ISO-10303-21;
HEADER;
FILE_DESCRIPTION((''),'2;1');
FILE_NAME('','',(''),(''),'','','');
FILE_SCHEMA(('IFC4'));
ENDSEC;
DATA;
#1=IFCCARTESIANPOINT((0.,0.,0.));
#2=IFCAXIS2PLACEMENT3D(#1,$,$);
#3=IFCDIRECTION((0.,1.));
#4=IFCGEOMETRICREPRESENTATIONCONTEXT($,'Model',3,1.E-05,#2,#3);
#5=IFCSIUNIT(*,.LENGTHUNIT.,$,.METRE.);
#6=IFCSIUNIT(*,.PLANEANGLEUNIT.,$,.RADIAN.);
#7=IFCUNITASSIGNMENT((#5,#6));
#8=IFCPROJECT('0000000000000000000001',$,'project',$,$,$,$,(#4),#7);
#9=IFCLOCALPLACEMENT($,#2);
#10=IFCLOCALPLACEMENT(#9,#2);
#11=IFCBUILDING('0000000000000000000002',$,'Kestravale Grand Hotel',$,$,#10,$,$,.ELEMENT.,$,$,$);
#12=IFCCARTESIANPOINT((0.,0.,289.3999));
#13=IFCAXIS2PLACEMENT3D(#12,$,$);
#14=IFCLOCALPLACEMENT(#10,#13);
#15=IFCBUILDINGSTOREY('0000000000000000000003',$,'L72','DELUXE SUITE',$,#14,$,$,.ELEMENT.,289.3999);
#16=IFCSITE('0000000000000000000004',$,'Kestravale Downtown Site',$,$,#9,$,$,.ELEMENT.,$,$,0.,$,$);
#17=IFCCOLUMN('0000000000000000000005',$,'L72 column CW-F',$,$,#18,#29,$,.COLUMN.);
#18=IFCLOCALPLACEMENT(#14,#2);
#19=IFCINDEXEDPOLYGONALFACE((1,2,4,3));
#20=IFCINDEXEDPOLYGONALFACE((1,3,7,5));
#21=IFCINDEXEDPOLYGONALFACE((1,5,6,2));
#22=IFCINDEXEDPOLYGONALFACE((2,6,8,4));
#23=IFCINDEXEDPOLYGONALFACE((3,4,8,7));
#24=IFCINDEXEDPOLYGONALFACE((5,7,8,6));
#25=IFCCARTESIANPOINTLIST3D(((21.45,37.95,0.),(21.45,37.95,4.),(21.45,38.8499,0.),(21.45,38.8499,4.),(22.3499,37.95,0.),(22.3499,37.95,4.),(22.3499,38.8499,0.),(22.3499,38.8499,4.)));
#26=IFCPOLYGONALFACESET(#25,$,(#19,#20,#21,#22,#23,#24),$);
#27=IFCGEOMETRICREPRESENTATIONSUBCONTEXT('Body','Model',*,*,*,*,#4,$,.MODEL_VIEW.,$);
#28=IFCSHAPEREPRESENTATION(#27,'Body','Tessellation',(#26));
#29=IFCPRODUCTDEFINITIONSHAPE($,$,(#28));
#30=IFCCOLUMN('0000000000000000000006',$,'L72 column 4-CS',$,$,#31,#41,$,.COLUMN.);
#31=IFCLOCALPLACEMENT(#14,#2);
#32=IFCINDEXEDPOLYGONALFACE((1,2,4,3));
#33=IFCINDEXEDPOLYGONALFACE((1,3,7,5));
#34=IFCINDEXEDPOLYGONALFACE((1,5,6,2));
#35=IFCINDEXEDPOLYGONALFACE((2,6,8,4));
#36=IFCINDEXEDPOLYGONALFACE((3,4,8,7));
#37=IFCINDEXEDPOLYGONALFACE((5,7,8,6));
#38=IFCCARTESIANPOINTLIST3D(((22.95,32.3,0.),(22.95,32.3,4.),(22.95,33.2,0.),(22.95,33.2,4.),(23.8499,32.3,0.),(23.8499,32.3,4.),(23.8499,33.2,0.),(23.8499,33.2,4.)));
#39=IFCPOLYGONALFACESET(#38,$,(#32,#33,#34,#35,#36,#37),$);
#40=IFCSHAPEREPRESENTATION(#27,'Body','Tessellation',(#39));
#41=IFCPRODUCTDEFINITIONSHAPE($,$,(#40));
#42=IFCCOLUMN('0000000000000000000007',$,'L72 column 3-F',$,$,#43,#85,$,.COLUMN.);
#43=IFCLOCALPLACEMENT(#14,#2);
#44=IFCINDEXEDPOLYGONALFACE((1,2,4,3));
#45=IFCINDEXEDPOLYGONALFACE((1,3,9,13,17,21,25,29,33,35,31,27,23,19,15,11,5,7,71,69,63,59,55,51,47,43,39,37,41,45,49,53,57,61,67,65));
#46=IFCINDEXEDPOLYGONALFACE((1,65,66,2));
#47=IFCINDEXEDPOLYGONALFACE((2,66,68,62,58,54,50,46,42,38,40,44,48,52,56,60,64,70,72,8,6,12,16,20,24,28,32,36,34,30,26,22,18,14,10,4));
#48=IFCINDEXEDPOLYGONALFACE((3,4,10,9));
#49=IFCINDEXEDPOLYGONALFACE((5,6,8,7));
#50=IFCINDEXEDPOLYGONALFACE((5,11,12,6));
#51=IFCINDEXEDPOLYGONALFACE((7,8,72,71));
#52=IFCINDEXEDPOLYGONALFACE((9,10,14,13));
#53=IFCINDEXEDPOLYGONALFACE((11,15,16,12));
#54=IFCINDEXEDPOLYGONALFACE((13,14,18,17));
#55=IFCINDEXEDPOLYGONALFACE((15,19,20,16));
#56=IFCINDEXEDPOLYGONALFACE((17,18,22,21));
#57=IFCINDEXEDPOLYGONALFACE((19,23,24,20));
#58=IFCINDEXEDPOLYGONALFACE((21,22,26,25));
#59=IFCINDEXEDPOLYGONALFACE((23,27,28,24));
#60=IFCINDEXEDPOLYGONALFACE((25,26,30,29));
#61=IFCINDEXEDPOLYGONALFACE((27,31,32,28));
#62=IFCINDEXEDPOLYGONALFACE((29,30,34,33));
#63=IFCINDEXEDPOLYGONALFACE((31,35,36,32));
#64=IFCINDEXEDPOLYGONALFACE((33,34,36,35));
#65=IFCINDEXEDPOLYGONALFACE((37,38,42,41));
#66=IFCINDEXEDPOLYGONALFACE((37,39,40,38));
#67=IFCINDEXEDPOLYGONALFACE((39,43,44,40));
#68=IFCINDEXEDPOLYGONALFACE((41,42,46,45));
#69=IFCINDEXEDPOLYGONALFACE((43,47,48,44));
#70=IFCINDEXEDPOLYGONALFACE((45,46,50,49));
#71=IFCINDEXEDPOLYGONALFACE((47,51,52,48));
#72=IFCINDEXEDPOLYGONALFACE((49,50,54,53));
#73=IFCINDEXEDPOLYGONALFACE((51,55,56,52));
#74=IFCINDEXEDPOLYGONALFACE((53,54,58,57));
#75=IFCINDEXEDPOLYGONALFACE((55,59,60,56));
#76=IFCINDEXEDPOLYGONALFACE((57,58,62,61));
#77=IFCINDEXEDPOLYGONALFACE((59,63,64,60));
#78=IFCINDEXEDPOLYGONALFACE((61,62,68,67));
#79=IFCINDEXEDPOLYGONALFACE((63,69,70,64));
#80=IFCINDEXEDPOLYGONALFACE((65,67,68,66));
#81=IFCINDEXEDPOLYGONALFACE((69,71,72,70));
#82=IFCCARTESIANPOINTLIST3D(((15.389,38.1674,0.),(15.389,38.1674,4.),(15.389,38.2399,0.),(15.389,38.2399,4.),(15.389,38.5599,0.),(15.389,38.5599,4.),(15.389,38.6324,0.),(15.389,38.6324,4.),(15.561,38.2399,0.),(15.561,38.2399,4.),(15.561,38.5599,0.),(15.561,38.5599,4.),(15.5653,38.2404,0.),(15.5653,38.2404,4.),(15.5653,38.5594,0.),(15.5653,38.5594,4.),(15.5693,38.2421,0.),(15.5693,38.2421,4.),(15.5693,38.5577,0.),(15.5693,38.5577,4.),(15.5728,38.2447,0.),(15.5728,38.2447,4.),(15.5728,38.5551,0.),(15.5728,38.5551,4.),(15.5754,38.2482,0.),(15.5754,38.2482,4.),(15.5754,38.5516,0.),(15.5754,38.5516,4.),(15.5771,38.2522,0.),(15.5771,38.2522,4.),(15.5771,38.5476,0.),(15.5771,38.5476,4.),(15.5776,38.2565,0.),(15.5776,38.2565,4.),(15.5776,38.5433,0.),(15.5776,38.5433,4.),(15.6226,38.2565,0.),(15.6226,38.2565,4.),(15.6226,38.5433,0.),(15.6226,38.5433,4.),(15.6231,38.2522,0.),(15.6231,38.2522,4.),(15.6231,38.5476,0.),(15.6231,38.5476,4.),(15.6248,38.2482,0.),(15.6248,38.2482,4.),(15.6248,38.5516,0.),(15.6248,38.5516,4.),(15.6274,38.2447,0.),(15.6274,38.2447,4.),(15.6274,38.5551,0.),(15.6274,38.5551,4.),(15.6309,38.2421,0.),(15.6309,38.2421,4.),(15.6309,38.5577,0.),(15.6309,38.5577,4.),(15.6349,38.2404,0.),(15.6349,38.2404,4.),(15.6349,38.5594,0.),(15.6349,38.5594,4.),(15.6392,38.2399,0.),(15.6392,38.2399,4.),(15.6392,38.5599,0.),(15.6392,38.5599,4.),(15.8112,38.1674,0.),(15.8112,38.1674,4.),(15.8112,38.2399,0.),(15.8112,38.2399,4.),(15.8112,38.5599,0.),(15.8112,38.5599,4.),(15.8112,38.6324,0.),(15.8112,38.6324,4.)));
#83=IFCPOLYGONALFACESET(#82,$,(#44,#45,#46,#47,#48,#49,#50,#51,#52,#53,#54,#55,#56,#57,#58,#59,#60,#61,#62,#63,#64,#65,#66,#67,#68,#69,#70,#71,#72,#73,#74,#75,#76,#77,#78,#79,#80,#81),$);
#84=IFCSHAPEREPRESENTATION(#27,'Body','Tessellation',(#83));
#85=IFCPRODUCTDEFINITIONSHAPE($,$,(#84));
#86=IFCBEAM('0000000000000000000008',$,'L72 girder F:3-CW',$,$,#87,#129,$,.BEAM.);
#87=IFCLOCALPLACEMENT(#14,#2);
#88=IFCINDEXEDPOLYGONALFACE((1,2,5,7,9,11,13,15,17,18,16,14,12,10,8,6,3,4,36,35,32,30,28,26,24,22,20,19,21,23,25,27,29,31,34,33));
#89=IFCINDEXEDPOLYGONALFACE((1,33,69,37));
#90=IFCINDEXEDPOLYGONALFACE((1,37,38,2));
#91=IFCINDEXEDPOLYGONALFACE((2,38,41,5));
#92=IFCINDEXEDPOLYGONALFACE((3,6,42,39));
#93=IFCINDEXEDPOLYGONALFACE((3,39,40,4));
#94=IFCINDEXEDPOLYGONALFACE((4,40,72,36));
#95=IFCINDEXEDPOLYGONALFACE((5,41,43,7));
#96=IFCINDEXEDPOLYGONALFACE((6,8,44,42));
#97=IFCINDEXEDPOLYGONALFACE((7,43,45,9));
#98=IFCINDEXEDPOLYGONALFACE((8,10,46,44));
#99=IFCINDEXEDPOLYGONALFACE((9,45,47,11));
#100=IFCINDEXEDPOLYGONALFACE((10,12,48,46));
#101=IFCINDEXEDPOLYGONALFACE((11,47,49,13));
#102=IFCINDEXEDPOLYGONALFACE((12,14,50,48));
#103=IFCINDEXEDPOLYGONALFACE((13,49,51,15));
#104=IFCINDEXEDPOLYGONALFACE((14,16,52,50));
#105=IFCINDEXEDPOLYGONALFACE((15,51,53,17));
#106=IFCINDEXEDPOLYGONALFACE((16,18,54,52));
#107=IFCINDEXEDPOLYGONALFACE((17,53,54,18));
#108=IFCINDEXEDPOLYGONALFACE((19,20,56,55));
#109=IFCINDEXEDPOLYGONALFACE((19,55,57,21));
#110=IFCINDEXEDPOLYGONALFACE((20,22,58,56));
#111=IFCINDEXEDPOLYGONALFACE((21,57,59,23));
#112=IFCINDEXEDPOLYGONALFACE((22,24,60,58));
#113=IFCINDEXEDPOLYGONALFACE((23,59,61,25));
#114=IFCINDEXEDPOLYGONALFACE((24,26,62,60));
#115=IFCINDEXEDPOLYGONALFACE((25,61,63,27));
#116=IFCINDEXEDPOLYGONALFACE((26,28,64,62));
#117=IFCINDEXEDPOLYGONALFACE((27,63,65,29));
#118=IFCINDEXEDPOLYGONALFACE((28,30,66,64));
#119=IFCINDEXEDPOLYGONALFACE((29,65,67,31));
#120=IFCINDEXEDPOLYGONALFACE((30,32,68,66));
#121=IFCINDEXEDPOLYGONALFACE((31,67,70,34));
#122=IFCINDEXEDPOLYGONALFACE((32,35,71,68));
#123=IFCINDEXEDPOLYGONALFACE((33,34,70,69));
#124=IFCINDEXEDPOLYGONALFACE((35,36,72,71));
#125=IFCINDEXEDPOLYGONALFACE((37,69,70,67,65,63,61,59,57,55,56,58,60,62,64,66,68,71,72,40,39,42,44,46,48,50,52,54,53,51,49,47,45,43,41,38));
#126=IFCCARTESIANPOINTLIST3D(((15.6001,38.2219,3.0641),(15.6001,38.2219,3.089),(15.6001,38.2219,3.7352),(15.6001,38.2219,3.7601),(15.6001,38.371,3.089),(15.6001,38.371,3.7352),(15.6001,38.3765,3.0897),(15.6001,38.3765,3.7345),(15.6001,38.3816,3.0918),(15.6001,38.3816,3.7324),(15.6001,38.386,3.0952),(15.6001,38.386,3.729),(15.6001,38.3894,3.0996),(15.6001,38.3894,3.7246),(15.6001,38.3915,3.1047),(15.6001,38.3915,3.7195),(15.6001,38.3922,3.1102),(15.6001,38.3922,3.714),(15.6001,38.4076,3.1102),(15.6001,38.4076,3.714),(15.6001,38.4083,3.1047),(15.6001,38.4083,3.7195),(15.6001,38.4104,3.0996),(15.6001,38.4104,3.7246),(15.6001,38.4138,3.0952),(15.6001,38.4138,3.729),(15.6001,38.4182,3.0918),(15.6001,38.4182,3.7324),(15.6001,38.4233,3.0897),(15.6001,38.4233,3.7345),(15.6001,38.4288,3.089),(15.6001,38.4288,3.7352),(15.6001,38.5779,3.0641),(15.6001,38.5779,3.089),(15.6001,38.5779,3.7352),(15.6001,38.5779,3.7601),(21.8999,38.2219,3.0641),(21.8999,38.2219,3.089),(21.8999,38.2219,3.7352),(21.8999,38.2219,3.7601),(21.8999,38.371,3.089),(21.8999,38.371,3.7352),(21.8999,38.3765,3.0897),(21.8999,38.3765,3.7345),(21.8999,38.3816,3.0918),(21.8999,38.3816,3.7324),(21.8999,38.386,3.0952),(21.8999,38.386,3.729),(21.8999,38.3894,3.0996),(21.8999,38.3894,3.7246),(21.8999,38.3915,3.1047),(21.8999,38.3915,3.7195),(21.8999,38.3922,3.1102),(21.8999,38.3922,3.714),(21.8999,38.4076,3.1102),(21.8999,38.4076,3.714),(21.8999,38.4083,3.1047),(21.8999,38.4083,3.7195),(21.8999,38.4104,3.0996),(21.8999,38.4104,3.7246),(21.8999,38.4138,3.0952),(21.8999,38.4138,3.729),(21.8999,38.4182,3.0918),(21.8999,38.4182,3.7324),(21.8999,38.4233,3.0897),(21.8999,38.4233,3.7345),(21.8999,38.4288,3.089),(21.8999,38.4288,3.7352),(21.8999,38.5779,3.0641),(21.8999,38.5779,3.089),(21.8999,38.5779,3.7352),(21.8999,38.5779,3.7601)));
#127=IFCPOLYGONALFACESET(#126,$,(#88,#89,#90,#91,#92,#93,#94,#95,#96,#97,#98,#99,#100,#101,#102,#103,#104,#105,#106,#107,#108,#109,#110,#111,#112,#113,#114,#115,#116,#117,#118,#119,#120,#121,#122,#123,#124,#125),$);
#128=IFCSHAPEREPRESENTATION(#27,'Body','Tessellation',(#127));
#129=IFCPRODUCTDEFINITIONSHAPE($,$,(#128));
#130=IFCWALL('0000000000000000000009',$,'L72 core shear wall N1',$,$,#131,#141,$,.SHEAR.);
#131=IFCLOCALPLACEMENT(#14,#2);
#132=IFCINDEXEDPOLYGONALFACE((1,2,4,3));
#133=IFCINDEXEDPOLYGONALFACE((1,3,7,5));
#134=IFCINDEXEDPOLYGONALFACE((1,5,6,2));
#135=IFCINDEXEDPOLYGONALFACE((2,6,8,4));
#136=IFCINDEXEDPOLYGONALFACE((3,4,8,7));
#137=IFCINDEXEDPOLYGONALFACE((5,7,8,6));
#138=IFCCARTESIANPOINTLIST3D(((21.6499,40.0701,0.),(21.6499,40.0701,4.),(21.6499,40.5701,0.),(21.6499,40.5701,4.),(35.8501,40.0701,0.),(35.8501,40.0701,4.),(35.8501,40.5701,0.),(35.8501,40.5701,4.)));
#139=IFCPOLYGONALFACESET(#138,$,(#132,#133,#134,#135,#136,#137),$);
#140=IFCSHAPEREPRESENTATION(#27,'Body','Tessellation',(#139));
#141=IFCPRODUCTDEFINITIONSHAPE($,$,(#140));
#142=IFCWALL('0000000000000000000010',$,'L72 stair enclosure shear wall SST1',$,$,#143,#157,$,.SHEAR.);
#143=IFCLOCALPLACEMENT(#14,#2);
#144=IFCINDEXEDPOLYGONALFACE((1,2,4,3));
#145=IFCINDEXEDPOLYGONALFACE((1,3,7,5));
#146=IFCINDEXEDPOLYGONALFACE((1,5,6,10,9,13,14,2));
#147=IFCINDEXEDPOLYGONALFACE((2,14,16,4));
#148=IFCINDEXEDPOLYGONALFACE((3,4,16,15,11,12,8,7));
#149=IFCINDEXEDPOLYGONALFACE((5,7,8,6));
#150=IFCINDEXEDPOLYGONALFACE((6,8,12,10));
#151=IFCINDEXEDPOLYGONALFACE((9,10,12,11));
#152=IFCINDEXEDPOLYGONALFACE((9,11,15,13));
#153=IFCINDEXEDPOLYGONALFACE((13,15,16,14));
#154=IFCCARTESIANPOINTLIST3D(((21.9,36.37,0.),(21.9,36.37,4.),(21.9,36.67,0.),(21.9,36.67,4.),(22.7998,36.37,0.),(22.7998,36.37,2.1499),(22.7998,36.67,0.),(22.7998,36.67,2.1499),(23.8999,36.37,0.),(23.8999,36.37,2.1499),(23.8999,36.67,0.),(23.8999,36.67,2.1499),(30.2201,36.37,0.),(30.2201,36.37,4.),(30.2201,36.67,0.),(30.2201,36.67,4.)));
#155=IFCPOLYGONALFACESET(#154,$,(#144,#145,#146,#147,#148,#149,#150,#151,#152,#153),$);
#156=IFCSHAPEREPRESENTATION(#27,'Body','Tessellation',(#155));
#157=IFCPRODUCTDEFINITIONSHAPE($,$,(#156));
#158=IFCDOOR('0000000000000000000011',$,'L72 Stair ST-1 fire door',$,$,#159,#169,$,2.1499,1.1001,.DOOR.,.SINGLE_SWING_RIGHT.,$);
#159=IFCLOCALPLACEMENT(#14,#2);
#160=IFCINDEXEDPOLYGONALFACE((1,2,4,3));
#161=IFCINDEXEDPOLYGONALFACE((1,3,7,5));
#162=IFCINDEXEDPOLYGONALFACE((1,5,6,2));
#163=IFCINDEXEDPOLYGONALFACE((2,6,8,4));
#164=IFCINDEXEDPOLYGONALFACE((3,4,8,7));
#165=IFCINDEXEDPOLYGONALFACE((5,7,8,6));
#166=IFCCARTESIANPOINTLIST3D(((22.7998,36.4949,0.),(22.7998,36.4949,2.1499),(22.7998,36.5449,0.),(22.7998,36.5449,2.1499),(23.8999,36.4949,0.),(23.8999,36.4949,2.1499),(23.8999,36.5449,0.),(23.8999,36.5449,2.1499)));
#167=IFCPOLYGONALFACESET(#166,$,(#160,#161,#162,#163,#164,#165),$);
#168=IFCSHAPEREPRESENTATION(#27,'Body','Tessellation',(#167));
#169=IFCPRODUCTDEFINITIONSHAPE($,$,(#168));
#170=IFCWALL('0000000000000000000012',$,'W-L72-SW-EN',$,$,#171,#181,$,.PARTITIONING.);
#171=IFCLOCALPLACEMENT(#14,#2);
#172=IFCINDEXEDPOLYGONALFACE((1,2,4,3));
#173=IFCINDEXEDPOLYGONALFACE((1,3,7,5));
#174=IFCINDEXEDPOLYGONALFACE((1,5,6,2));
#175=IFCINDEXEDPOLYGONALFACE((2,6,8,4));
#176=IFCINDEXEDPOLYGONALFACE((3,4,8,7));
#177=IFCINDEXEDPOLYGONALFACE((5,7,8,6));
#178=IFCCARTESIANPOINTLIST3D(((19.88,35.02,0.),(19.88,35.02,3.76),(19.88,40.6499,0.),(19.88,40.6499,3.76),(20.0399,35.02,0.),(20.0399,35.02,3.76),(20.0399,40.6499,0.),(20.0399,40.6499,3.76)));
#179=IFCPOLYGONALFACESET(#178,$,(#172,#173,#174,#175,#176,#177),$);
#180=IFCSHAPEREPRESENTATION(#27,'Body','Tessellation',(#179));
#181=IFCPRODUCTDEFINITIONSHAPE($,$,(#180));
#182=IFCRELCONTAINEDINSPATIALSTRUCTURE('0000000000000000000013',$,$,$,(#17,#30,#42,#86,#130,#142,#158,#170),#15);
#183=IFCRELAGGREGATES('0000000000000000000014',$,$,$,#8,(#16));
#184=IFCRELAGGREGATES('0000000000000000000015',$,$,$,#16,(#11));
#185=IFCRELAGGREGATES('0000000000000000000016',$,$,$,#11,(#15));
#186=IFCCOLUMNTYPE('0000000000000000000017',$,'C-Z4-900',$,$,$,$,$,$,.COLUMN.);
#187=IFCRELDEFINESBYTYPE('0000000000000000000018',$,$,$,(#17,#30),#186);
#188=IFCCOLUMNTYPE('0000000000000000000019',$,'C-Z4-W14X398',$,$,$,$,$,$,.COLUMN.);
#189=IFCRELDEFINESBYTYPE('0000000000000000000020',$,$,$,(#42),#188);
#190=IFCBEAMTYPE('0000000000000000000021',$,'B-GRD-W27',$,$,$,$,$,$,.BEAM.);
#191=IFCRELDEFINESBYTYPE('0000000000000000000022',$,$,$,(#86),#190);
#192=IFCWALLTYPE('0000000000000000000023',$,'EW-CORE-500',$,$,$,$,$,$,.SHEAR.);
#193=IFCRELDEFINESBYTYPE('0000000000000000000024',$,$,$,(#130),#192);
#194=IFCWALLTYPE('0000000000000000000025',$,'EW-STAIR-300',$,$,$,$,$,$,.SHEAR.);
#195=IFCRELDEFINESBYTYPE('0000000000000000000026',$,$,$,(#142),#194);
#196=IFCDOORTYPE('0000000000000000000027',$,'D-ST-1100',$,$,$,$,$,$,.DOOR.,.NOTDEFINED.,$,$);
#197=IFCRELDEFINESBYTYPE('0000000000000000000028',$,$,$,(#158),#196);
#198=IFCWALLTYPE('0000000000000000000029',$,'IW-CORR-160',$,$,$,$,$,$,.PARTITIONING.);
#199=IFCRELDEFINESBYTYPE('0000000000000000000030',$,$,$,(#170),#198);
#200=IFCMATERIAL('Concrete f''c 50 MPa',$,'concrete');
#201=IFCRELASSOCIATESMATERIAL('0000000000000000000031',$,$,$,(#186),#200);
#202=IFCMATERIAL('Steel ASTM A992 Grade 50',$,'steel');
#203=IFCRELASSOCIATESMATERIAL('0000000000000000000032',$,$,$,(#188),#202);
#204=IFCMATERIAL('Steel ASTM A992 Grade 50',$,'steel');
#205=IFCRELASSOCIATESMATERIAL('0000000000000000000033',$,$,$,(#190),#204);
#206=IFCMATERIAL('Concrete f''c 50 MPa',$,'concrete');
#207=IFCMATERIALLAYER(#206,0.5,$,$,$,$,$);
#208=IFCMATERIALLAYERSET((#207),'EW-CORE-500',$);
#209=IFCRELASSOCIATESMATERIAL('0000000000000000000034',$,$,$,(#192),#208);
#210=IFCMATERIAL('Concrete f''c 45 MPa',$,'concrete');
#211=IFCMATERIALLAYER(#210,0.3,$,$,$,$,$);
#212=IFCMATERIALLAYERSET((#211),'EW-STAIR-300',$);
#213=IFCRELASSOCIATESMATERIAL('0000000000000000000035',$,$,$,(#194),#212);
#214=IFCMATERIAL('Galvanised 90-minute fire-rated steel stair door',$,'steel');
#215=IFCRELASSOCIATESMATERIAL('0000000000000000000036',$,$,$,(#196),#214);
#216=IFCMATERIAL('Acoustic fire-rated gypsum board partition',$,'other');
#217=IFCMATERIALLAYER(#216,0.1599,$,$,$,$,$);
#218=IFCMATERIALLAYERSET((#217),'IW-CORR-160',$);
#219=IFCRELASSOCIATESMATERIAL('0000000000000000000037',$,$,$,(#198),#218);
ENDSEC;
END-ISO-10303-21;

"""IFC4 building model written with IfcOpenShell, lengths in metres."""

from ifc_helpers import new_model, si_unit, direction, frame, frame_2d, origin, origin_2d, place, context, subcontext, project, spatial, rectangle, i_section, extrude, material, layer, layer_set, material_profile, profile_set, type_object, element, fill, save


model = new_model("IFC4")

# Units and contexts
model_context = context("Model", 3, precision=1e-05, world=origin(), true_north=direction((0.0, 1.0)))
body_context = subcontext(model_context, "Body", "Model", "MODEL_VIEW")
ifc_project = project(units=[si_unit("LENGTHUNIT", "METRE"), si_unit("PLANEANGLEUNIT", "RADIAN")], contexts=[model_context])

# Site, building, storey
site_placement = place(None, origin())
site = spatial("IfcSite", under=ifc_project, at=site_placement, Name="Kestravale Downtown Site", CompositionType="ELEMENT", RefElevation=0.0)
building_placement = place(site_placement, origin())
building = spatial("IfcBuilding", under=site, at=building_placement, Name="Kestravale Grand Hotel", CompositionType="ELEMENT")
storey_placement = place(building_placement, frame((0.0, 0.0, 289.3999)))
storey = spatial("IfcBuildingStorey", under=building, at=storey_placement, Name="L72", Description="DELUXE SUITE", CompositionType="ELEMENT", Elevation=289.3999)

# Columns
ifc_material_1 = material(Name="Concrete f'c 50 MPa", Category="concrete")
ifc_material_profile_1 = material_profile(ifc_material_1, rectangle(XDim=0.8999, YDim=0.8999, at=origin_2d()))
ifc_profile_set_1 = profile_set([ifc_material_profile_1], Name="Concrete f'c 50 MPa")
column_type_1 = type_object("IfcColumnType", Name="C-Z4-900", PredefinedType="COLUMN", material=ifc_profile_set_1)
for number, where, z_axis, x_axis, name in (
    (1, (21.8999, 38.3999, 0.0), (0.0, 0.0, 1.0), (1.0, 0.0, 0.0), "L72 column CW-F"),
    (2, (23.3999, 32.75, 0.0), (0.0, 0.0, 1.0), (1.0, 0.0, 0.0), "L72 column 4-CS"),
):
    element("IfcColumn", number, at=place(storey_placement, frame(where, z_axis=z_axis, x_axis=x_axis)), inside=storey, type_object=column_type_1, Name=name, PredefinedType="COLUMN", context=body_context, shape_type="SweptSolid", body=[
        extrude(rectangle(XDim=0.8999, YDim=0.8999, at=origin_2d()), origin(), (0.0, 0.0, 1.0), 4.0),
    ])
ifc_material_2 = material(Name="Steel ASTM A992 Grade 50", Category="steel")
ifc_material_profile_2 = material_profile(ifc_material_2, i_section(OverallWidth=0.4221, OverallDepth=0.4651, WebThickness=0.0449, FlangeThickness=0.0725, FilletRadius=0.0166, at=origin_2d()))
ifc_profile_set_2 = profile_set([ifc_material_profile_2], Name="Steel ASTM A992 Grade 50")
column_type_2 = type_object("IfcColumnType", Name="C-Z4-W14X398", PredefinedType="COLUMN", material=ifc_profile_set_2)
column_placement = place(storey_placement, frame((15.6001, 38.3999, 0.0), z_axis=(0.0, 0.0, 1.0), x_axis=(1.0, 0.0, 0.0)))
element("IfcColumn", 3, at=column_placement, inside=storey, type_object=column_type_2, Name="L72 column 3-F", PredefinedType="COLUMN", context=body_context, shape_type="SweptSolid", body=[
    extrude(i_section(OverallWidth=0.4221, OverallDepth=0.4651, WebThickness=0.0449, FlangeThickness=0.0725, FilletRadius=0.0166, at=origin_2d()), origin(), (0.0, 0.0, 1.0), 4.0),
])

# Beam
ifc_material_3 = material(Name="Steel ASTM A992 Grade 50", Category="steel")
ifc_material_profile_3 = material_profile(ifc_material_3, i_section(OverallWidth=0.356, OverallDepth=0.696, WebThickness=0.0154, FlangeThickness=0.0249, FilletRadius=0.0212, at=origin_2d()))
ifc_profile_set_3 = profile_set([ifc_material_profile_3], Name="Steel ASTM A992 Grade 50")
beam_type = type_object("IfcBeamType", Name="B-GRD-W27", PredefinedType="BEAM", material=ifc_profile_set_3)
beam_placement = place(storey_placement, frame((15.6001, 38.3999, 3.4121), z_axis=(1.0, 0.0, 0.0), x_axis=(0.0, 1.0, 0.0)))
element("IfcBeam", 4, at=beam_placement, inside=storey, type_object=beam_type, Name="L72 girder F:3-CW", PredefinedType="BEAM", context=body_context, shape_type="SweptSolid", body=[
    extrude(i_section(OverallWidth=0.356, OverallDepth=0.696, WebThickness=0.0154, FlangeThickness=0.0249, FilletRadius=0.0212, at=origin_2d()), origin(), (0.0, 0.0, 1.0), 6.2998),
])

# Wall
ifc_material_4 = material(Name="Concrete f'c 50 MPa", Category="concrete")
ifc_layer_1 = layer(ifc_material_4, 0.5)
ifc_layer_set_1 = layer_set([ifc_layer_1], Name="EW-CORE-500")
wall_type_1 = type_object("IfcWallType", Name="EW-CORE-500", PredefinedType="SHEAR", material=ifc_layer_set_1)
wall_1_placement = place(storey_placement, frame((21.6499, 40.3201, 0.0), z_axis=(0.0, 0.0, 1.0), x_axis=(1.0, 0.0, 0.0)))
element("IfcWall", 5, at=wall_1_placement, inside=storey, type_object=wall_type_1, Name="L72 core shear wall N1", PredefinedType="SHEAR", context=body_context, shape_type="SweptSolid", body=[
    extrude(rectangle(XDim=14.2002, YDim=0.5, at=frame_2d((7.1001, 0.0))), origin(), (0.0, 0.0, 1.0), 4.0),
])

# Wall, opening, door
ifc_material_5 = material(Name="Concrete f'c 45 MPa", Category="concrete")
ifc_layer_2 = layer(ifc_material_5, 0.3)
ifc_layer_set_2 = layer_set([ifc_layer_2], Name="EW-STAIR-300")
wall_type_2 = type_object("IfcWallType", Name="EW-STAIR-300", PredefinedType="SHEAR", material=ifc_layer_set_2)
wall_2_placement = place(storey_placement, frame((21.8999, 36.52, 0.0), z_axis=(0.0, 0.0, 1.0), x_axis=(1.0, 0.0, 0.0)))
wall_2 = element("IfcWall", 6, at=wall_2_placement, inside=storey, type_object=wall_type_2, Name="L72 stair enclosure shear wall SST1", PredefinedType="SHEAR", context=body_context, shape_type="SweptSolid", body=[
    extrude(rectangle(XDim=8.3201, YDim=0.3, at=frame_2d((4.1602, 0.0))), origin(), (0.0, 0.0, 1.0), 4.0),
])
opening_1_placement = place(wall_2_placement, frame((0.8999, 0.0, 0.0)))
opening_1 = element("IfcOpeningElement", 7, at=opening_1_placement, cuts=wall_2, PredefinedType="OPENING", context=body_context, shape_type="SweptSolid", body=[
    extrude(rectangle(XDim=1.1001, YDim=2.1499, at=frame_2d((0.55, 1.075))), frame((0.0, 0.1599, 0.0), z_axis=(0.0, -1.0, 0.0), x_axis=(1.0, 0.0, 0.0)), (0.0, 0.0, 1.0), 0.3201),
])
ifc_material_6 = material(Name="Galvanised 90-minute fire-rated steel stair door", Category="steel")
door_type_1 = type_object("IfcDoorType", Name="D-ST-1100", OperationType="NOTDEFINED", PredefinedType="DOOR", material=ifc_material_6)
door_1_placement = place(opening_1_placement, origin())
door_1 = element("IfcDoor", 8, at=door_1_placement, inside=storey, type_object=door_type_1, Name="L72 Stair ST-1 fire door", OperationType="SINGLE_SWING_RIGHT", OverallHeight=2.1499, OverallWidth=1.1001, PredefinedType="DOOR", context=body_context, shape_type="SweptSolid", body=[
    extrude(rectangle(XDim=1.1001, YDim=2.1499, at=frame_2d((0.55, 1.075))), frame((0.0, 0.0249, 0.0), z_axis=(0.0, -1.0, 0.0), x_axis=(1.0, 0.0, 0.0)), (0.0, 0.0, 1.0), 0.05),
])
fill(opening_1, door_1)

# Wall
ifc_material_7 = material(Name="Acoustic fire-rated gypsum board partition", Category="other")
ifc_layer_3 = layer(ifc_material_7, 0.1599)
ifc_layer_set_3 = layer_set([ifc_layer_3], Name="IW-CORR-160")
wall_type_3 = type_object("IfcWallType", Name="IW-CORR-160", PredefinedType="PARTITIONING", material=ifc_layer_set_3)
wall_3_placement = place(storey_placement, frame((19.96, 35.02, 0.0), z_axis=(0.0, 0.0, 1.0), x_axis=(0.0, 1.0, 0.0)))
element("IfcWall", 9, at=wall_3_placement, inside=storey, type_object=wall_type_3, Name="W-L72-SW-EN", PredefinedType="PARTITIONING", context=body_context, shape_type="SweptSolid", body=[
    extrude(rectangle(XDim=5.6299, YDim=0.1599, at=frame_2d((2.8149, 0.0))), origin(), (0.0, 0.0, 1.0), 3.76),
])

save(model, "model.ifc")
